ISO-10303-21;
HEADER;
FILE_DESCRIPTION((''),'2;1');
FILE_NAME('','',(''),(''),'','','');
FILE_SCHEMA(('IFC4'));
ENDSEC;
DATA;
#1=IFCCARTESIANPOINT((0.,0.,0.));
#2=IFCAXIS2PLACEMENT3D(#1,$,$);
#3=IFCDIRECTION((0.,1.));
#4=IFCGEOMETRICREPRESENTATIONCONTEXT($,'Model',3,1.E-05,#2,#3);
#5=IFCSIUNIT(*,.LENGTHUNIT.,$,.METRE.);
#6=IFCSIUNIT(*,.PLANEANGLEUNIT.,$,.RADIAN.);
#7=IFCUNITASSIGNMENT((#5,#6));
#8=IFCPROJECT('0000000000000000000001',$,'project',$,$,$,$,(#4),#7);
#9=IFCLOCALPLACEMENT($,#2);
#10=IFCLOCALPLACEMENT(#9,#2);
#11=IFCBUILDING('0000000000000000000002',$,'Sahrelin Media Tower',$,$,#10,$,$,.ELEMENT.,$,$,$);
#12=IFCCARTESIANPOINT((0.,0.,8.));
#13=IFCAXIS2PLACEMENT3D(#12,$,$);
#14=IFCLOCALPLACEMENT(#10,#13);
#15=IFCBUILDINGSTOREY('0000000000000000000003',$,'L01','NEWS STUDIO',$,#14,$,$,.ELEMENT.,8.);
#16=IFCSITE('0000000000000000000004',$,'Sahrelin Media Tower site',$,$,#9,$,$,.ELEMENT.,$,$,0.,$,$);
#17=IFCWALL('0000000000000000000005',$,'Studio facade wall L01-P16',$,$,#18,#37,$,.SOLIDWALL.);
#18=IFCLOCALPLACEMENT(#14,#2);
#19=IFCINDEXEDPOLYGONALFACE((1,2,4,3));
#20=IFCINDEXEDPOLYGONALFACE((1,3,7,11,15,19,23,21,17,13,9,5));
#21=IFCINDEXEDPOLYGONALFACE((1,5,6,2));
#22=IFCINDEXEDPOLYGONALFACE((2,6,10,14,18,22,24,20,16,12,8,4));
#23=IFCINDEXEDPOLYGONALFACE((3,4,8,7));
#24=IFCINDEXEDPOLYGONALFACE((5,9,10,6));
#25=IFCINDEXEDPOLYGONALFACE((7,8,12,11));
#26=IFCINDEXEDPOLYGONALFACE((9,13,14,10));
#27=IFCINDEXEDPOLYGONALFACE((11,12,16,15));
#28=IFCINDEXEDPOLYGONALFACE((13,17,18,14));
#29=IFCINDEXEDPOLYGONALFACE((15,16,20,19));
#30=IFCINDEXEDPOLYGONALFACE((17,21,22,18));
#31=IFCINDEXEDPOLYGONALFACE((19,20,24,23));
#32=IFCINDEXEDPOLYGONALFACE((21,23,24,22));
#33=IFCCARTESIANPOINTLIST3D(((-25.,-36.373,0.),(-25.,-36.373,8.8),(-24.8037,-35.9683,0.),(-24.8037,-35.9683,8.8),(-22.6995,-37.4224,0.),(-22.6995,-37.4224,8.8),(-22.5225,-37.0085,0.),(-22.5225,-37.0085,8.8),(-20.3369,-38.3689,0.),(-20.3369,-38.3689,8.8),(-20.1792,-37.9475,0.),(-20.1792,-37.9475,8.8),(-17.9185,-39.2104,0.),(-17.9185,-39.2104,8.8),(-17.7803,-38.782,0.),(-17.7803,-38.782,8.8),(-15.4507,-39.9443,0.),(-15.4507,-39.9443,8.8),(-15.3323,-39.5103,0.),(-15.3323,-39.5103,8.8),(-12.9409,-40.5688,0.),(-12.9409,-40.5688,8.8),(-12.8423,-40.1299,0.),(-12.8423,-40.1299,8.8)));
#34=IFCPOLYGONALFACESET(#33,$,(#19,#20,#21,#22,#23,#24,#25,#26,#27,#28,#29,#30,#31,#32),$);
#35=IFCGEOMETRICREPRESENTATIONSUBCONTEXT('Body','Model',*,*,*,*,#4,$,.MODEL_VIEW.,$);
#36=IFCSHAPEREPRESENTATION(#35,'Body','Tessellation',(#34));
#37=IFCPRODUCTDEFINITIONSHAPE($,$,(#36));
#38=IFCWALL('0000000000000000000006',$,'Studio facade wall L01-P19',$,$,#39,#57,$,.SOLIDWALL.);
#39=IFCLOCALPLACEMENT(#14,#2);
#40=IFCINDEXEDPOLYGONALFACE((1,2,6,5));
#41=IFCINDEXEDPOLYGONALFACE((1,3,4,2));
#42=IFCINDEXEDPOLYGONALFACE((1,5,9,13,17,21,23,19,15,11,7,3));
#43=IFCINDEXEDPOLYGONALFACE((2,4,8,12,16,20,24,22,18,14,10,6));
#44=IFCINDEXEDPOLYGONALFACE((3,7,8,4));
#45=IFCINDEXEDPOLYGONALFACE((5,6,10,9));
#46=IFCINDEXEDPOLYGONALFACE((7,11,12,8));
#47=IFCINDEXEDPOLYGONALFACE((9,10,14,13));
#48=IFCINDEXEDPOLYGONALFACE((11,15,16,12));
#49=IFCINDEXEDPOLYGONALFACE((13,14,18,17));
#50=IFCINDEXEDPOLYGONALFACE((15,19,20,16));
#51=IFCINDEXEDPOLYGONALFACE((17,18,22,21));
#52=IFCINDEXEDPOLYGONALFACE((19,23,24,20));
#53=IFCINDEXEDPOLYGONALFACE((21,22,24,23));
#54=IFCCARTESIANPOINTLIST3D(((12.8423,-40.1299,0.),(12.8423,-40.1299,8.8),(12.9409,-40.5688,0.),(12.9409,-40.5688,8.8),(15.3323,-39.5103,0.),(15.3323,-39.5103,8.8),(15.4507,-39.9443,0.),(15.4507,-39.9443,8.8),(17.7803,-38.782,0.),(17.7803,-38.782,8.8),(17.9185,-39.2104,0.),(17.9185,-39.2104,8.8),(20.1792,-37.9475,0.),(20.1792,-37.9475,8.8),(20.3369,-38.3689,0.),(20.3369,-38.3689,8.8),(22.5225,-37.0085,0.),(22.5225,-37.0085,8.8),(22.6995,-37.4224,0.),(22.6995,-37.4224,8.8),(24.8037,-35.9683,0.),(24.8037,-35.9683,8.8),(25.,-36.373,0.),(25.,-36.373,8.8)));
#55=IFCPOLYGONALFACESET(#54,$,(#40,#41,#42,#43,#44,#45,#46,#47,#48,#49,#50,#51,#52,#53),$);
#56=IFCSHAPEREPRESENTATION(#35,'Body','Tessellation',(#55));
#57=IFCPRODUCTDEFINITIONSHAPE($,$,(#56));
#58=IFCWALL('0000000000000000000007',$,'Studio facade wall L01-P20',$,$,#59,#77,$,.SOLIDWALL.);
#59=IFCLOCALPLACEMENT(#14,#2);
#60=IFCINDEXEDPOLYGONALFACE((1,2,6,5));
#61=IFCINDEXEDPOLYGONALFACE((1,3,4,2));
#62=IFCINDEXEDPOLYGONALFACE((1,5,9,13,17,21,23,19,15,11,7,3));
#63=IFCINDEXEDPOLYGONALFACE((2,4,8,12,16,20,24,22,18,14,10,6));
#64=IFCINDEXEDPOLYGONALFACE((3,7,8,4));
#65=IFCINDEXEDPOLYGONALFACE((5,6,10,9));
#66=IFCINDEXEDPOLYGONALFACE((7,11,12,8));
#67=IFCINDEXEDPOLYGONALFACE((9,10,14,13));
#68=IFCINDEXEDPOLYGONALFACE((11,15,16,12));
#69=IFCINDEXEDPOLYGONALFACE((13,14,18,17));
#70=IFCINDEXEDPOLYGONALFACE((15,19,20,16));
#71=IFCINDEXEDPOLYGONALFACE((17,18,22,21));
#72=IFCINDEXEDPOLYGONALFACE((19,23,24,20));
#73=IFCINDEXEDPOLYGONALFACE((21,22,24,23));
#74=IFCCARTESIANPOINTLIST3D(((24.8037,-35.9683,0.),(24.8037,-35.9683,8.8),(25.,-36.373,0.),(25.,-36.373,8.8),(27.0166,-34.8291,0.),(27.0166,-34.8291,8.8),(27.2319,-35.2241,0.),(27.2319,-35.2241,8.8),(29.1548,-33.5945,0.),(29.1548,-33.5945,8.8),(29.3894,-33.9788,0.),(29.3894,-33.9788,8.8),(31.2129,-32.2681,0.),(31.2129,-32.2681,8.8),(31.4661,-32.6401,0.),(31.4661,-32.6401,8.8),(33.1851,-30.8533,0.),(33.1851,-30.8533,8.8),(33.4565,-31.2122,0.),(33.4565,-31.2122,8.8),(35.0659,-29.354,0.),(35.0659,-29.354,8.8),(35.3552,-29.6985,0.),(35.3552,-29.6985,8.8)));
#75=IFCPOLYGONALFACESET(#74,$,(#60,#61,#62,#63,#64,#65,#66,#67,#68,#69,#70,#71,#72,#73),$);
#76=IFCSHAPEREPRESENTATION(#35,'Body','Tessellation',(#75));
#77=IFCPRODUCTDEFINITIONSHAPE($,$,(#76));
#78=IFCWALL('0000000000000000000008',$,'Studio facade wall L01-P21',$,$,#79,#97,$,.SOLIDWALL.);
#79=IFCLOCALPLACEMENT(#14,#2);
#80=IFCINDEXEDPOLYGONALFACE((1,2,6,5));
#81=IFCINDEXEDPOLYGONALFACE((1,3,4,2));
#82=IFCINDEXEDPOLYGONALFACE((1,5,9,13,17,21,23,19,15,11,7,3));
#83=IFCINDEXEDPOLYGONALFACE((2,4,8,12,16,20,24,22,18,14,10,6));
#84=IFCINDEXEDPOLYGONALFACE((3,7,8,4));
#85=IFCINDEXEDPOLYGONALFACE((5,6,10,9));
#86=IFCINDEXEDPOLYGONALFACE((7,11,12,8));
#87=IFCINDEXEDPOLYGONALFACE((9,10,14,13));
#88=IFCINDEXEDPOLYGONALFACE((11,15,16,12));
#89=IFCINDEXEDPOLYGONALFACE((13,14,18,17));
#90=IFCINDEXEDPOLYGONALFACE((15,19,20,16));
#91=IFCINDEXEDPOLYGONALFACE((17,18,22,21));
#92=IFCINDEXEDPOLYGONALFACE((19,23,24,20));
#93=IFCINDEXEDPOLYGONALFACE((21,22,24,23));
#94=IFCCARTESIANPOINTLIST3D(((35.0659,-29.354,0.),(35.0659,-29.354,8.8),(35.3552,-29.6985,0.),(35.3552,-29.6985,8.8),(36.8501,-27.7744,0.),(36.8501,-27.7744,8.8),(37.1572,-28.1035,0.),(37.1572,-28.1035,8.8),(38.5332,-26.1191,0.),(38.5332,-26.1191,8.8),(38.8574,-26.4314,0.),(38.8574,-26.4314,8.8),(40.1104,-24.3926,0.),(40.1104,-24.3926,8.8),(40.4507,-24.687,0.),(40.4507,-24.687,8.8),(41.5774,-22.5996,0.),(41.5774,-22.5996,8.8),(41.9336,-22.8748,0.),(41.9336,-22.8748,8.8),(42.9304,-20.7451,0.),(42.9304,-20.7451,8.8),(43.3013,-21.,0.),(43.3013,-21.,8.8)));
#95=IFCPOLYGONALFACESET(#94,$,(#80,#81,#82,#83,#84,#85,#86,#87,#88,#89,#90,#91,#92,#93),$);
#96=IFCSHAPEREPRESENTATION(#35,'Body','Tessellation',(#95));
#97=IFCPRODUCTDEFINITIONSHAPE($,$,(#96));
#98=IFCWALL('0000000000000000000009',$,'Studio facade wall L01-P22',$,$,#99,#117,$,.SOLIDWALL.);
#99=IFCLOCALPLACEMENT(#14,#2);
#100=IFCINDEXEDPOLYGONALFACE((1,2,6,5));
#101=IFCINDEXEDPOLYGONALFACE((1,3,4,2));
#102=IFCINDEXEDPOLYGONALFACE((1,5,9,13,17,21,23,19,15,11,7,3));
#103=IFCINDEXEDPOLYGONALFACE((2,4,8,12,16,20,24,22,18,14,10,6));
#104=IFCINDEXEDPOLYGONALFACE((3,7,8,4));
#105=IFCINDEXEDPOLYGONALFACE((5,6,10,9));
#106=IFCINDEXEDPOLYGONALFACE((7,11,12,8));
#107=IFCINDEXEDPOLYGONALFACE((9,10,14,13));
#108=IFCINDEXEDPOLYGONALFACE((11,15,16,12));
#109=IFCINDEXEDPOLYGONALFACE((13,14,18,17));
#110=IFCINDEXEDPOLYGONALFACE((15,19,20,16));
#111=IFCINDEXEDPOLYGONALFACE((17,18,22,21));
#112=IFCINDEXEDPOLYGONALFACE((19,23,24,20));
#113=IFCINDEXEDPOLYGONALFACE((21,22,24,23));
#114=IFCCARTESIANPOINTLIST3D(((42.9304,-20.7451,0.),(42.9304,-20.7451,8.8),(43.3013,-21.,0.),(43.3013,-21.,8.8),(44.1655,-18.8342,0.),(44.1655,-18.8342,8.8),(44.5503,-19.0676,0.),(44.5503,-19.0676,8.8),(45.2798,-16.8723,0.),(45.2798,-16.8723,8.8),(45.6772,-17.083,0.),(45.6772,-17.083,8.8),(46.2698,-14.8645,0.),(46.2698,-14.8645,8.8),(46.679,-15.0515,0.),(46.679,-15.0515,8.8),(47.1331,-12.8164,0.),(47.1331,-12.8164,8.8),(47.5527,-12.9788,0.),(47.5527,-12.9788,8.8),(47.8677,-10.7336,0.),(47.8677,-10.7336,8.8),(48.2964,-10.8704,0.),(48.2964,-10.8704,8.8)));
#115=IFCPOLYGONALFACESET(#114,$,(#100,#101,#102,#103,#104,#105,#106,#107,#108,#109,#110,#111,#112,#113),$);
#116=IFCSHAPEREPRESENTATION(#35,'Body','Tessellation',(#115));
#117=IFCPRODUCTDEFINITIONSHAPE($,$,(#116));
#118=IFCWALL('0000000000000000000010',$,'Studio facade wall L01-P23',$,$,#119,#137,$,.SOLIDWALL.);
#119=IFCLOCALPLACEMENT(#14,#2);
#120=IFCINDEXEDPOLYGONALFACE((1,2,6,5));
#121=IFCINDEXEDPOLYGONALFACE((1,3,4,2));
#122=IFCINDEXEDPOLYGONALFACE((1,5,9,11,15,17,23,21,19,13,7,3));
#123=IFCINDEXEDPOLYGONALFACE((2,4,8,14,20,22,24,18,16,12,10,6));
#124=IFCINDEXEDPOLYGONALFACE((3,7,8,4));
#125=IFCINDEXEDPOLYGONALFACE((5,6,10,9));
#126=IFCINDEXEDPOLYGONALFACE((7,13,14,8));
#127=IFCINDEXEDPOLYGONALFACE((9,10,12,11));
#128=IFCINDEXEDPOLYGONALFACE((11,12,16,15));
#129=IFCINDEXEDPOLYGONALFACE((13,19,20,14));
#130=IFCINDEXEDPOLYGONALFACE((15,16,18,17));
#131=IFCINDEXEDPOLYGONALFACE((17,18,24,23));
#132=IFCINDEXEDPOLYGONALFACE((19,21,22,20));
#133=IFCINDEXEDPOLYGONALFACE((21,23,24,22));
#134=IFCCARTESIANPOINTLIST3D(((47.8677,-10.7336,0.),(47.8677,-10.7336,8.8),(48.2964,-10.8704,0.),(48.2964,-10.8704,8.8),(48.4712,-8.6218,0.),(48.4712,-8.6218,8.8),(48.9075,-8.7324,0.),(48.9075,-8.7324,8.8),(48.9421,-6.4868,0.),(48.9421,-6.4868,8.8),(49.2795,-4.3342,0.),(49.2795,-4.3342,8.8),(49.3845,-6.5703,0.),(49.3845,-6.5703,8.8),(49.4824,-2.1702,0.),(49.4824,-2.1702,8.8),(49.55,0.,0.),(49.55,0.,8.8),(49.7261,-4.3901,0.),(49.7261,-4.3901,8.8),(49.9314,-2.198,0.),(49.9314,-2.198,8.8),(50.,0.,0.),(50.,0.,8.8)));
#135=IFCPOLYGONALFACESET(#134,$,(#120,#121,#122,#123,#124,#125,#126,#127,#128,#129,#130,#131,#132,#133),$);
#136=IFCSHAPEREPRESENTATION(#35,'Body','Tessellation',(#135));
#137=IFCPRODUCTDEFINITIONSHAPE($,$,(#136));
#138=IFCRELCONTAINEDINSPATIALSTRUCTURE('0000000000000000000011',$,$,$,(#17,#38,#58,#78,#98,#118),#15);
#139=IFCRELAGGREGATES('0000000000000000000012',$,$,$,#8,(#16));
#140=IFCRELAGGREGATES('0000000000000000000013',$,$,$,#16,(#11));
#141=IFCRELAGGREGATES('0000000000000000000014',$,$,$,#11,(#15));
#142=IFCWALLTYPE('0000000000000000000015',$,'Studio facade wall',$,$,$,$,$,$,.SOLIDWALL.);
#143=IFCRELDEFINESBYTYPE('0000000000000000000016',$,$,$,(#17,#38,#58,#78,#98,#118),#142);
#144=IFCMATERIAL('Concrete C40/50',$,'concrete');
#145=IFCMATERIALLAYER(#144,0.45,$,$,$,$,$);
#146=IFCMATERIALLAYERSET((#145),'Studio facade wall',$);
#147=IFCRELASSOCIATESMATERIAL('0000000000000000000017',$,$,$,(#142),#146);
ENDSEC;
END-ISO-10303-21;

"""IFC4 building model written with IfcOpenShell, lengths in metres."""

from ifc_helpers import new_model, si_unit, direction, frame, origin, place, context, subcontext, project, spatial, polyline, outline, extrude, material, layer, layer_set, type_object, element, save


model = new_model("IFC4")

# Units and contexts
model_context = context("Model", 3, precision=1e-05, world=origin(), true_north=direction((0.0, 1.0)))
body_context = subcontext(model_context, "Body", "Model", "MODEL_VIEW")
ifc_project = project(units=[si_unit("LENGTHUNIT", "METRE"), si_unit("PLANEANGLEUNIT", "RADIAN")], contexts=[model_context])

# Site, building, storey
site_placement = place(None, origin())
site = spatial("IfcSite", under=ifc_project, at=site_placement, Name="Sahrelin Media Tower site", CompositionType="ELEMENT", RefElevation=0.0)
building_placement = place(site_placement, origin())
building = spatial("IfcBuilding", under=site, at=building_placement, Name="Sahrelin Media Tower", CompositionType="ELEMENT")
storey_placement = place(building_placement, frame((0.0, 0.0, 8.0)))
storey = spatial("IfcBuildingStorey", under=building, at=storey_placement, Name="L01", Description="NEWS STUDIO", CompositionType="ELEMENT", Elevation=8.0)

# Shared definitions
ifc_material_1 = material(Name="Concrete C40/50", Category="concrete")
placement_1 = place(storey_placement, origin())

# Walls
ifc_layer_1 = layer(ifc_material_1, 0.45)
ifc_layer_set_1 = layer_set([ifc_layer_1], Name="Studio facade wall")
wall_type_1 = type_object("IfcWallType", Name="Studio facade wall", PredefinedType="SOLIDWALL", material=ifc_layer_set_1)
element("IfcWall", 1, at=placement_1, inside=storey, type_object=wall_type_1, Name="Studio facade wall L01-P16", PredefinedType="SOLIDWALL", context=body_context, shape_type="SweptSolid", body=[
    extrude(outline(polyline([(-25.0, -36.373), (-22.6995, -37.4224), (-20.3369, -38.3689), (-17.9185, -39.2104), (-15.4507, -39.9443), (-12.9409, -40.5688), (-12.8423, -40.1299), (-15.3323, -39.5103), (-17.7803, -38.782), (-20.1792, -37.9475), (-22.5225, -37.0085), (-24.8037, -35.9683), (-25.0, -36.373)])), origin(), (0.0, 0.0, 1.0), 8.8),
])
element("IfcWall", 2, at=placement_1, inside=storey, type_object=wall_type_1, Name="Studio facade wall L01-P19", PredefinedType="SOLIDWALL", context=body_context, shape_type="SweptSolid", body=[
    extrude(outline(polyline([(12.9409, -40.5688), (15.4507, -39.9443), (17.9185, -39.2104), (20.3369, -38.3689), (22.6995, -37.4224), (25.0, -36.373), (24.8037, -35.9683), (22.5225, -37.0085), (20.1792, -37.9475), (17.7803, -38.782), (15.3323, -39.5103), (12.8423, -40.1299), (12.9409, -40.5688)])), origin(), (0.0, 0.0, 1.0), 8.8),
])
element("IfcWall", 3, at=placement_1, inside=storey, type_object=wall_type_1, Name="Studio facade wall L01-P20", PredefinedType="SOLIDWALL", context=body_context, shape_type="SweptSolid", body=[
    extrude(outline(polyline([(25.0, -36.373), (27.2319, -35.2241), (29.3894, -33.9788), (31.4661, -32.6401), (33.4565, -31.2122), (35.3552, -29.6985), (35.0659, -29.354), (33.1851, -30.8533), (31.2129, -32.2681), (29.1548, -33.5945), (27.0166, -34.8291), (24.8037, -35.9683), (25.0, -36.373)])), origin(), (0.0, 0.0, 1.0), 8.8),
])
element("IfcWall", 4, at=placement_1, inside=storey, type_object=wall_type_1, Name="Studio facade wall L01-P21", PredefinedType="SOLIDWALL", context=body_context, shape_type="SweptSolid", body=[
    extrude(outline(polyline([(35.3552, -29.6985), (37.1572, -28.1035), (38.8574, -26.4314), (40.4507, -24.687), (41.9336, -22.8748), (43.3013, -21.0), (42.9304, -20.7451), (41.5774, -22.5996), (40.1104, -24.3926), (38.5332, -26.1191), (36.8501, -27.7744), (35.0659, -29.354), (35.3552, -29.6985)])), origin(), (0.0, 0.0, 1.0), 8.8),
])
element("IfcWall", 5, at=placement_1, inside=storey, type_object=wall_type_1, Name="Studio facade wall L01-P22", PredefinedType="SOLIDWALL", context=body_context, shape_type="SweptSolid", body=[
    extrude(outline(polyline([(43.3013, -21.0), (44.5503, -19.0676), (45.6772, -17.083), (46.679, -15.0515), (47.5527, -12.9788), (48.2964, -10.8704), (47.8677, -10.7336), (47.1331, -12.8164), (46.2698, -14.8645), (45.2798, -16.8723), (44.1655, -18.8342), (42.9304, -20.7451), (43.3013, -21.0)])), origin(), (0.0, 0.0, 1.0), 8.8),
])
element("IfcWall", 6, at=placement_1, inside=storey, type_object=wall_type_1, Name="Studio facade wall L01-P23", PredefinedType="SOLIDWALL", context=body_context, shape_type="SweptSolid", body=[
    extrude(outline(polyline([(48.2964, -10.8704), (48.9075, -8.7324), (49.3845, -6.5703), (49.7261, -4.3901), (49.9314, -2.198), (50.0, 0.0), (49.55, 0.0), (49.4824, -2.1702), (49.2795, -4.3342), (48.9421, -6.4868), (48.4712, -8.6218), (47.8677, -10.7336), (48.2964, -10.8704)])), origin(), (0.0, 0.0, 1.0), 8.8),
])

save(model, "model.ifc")
